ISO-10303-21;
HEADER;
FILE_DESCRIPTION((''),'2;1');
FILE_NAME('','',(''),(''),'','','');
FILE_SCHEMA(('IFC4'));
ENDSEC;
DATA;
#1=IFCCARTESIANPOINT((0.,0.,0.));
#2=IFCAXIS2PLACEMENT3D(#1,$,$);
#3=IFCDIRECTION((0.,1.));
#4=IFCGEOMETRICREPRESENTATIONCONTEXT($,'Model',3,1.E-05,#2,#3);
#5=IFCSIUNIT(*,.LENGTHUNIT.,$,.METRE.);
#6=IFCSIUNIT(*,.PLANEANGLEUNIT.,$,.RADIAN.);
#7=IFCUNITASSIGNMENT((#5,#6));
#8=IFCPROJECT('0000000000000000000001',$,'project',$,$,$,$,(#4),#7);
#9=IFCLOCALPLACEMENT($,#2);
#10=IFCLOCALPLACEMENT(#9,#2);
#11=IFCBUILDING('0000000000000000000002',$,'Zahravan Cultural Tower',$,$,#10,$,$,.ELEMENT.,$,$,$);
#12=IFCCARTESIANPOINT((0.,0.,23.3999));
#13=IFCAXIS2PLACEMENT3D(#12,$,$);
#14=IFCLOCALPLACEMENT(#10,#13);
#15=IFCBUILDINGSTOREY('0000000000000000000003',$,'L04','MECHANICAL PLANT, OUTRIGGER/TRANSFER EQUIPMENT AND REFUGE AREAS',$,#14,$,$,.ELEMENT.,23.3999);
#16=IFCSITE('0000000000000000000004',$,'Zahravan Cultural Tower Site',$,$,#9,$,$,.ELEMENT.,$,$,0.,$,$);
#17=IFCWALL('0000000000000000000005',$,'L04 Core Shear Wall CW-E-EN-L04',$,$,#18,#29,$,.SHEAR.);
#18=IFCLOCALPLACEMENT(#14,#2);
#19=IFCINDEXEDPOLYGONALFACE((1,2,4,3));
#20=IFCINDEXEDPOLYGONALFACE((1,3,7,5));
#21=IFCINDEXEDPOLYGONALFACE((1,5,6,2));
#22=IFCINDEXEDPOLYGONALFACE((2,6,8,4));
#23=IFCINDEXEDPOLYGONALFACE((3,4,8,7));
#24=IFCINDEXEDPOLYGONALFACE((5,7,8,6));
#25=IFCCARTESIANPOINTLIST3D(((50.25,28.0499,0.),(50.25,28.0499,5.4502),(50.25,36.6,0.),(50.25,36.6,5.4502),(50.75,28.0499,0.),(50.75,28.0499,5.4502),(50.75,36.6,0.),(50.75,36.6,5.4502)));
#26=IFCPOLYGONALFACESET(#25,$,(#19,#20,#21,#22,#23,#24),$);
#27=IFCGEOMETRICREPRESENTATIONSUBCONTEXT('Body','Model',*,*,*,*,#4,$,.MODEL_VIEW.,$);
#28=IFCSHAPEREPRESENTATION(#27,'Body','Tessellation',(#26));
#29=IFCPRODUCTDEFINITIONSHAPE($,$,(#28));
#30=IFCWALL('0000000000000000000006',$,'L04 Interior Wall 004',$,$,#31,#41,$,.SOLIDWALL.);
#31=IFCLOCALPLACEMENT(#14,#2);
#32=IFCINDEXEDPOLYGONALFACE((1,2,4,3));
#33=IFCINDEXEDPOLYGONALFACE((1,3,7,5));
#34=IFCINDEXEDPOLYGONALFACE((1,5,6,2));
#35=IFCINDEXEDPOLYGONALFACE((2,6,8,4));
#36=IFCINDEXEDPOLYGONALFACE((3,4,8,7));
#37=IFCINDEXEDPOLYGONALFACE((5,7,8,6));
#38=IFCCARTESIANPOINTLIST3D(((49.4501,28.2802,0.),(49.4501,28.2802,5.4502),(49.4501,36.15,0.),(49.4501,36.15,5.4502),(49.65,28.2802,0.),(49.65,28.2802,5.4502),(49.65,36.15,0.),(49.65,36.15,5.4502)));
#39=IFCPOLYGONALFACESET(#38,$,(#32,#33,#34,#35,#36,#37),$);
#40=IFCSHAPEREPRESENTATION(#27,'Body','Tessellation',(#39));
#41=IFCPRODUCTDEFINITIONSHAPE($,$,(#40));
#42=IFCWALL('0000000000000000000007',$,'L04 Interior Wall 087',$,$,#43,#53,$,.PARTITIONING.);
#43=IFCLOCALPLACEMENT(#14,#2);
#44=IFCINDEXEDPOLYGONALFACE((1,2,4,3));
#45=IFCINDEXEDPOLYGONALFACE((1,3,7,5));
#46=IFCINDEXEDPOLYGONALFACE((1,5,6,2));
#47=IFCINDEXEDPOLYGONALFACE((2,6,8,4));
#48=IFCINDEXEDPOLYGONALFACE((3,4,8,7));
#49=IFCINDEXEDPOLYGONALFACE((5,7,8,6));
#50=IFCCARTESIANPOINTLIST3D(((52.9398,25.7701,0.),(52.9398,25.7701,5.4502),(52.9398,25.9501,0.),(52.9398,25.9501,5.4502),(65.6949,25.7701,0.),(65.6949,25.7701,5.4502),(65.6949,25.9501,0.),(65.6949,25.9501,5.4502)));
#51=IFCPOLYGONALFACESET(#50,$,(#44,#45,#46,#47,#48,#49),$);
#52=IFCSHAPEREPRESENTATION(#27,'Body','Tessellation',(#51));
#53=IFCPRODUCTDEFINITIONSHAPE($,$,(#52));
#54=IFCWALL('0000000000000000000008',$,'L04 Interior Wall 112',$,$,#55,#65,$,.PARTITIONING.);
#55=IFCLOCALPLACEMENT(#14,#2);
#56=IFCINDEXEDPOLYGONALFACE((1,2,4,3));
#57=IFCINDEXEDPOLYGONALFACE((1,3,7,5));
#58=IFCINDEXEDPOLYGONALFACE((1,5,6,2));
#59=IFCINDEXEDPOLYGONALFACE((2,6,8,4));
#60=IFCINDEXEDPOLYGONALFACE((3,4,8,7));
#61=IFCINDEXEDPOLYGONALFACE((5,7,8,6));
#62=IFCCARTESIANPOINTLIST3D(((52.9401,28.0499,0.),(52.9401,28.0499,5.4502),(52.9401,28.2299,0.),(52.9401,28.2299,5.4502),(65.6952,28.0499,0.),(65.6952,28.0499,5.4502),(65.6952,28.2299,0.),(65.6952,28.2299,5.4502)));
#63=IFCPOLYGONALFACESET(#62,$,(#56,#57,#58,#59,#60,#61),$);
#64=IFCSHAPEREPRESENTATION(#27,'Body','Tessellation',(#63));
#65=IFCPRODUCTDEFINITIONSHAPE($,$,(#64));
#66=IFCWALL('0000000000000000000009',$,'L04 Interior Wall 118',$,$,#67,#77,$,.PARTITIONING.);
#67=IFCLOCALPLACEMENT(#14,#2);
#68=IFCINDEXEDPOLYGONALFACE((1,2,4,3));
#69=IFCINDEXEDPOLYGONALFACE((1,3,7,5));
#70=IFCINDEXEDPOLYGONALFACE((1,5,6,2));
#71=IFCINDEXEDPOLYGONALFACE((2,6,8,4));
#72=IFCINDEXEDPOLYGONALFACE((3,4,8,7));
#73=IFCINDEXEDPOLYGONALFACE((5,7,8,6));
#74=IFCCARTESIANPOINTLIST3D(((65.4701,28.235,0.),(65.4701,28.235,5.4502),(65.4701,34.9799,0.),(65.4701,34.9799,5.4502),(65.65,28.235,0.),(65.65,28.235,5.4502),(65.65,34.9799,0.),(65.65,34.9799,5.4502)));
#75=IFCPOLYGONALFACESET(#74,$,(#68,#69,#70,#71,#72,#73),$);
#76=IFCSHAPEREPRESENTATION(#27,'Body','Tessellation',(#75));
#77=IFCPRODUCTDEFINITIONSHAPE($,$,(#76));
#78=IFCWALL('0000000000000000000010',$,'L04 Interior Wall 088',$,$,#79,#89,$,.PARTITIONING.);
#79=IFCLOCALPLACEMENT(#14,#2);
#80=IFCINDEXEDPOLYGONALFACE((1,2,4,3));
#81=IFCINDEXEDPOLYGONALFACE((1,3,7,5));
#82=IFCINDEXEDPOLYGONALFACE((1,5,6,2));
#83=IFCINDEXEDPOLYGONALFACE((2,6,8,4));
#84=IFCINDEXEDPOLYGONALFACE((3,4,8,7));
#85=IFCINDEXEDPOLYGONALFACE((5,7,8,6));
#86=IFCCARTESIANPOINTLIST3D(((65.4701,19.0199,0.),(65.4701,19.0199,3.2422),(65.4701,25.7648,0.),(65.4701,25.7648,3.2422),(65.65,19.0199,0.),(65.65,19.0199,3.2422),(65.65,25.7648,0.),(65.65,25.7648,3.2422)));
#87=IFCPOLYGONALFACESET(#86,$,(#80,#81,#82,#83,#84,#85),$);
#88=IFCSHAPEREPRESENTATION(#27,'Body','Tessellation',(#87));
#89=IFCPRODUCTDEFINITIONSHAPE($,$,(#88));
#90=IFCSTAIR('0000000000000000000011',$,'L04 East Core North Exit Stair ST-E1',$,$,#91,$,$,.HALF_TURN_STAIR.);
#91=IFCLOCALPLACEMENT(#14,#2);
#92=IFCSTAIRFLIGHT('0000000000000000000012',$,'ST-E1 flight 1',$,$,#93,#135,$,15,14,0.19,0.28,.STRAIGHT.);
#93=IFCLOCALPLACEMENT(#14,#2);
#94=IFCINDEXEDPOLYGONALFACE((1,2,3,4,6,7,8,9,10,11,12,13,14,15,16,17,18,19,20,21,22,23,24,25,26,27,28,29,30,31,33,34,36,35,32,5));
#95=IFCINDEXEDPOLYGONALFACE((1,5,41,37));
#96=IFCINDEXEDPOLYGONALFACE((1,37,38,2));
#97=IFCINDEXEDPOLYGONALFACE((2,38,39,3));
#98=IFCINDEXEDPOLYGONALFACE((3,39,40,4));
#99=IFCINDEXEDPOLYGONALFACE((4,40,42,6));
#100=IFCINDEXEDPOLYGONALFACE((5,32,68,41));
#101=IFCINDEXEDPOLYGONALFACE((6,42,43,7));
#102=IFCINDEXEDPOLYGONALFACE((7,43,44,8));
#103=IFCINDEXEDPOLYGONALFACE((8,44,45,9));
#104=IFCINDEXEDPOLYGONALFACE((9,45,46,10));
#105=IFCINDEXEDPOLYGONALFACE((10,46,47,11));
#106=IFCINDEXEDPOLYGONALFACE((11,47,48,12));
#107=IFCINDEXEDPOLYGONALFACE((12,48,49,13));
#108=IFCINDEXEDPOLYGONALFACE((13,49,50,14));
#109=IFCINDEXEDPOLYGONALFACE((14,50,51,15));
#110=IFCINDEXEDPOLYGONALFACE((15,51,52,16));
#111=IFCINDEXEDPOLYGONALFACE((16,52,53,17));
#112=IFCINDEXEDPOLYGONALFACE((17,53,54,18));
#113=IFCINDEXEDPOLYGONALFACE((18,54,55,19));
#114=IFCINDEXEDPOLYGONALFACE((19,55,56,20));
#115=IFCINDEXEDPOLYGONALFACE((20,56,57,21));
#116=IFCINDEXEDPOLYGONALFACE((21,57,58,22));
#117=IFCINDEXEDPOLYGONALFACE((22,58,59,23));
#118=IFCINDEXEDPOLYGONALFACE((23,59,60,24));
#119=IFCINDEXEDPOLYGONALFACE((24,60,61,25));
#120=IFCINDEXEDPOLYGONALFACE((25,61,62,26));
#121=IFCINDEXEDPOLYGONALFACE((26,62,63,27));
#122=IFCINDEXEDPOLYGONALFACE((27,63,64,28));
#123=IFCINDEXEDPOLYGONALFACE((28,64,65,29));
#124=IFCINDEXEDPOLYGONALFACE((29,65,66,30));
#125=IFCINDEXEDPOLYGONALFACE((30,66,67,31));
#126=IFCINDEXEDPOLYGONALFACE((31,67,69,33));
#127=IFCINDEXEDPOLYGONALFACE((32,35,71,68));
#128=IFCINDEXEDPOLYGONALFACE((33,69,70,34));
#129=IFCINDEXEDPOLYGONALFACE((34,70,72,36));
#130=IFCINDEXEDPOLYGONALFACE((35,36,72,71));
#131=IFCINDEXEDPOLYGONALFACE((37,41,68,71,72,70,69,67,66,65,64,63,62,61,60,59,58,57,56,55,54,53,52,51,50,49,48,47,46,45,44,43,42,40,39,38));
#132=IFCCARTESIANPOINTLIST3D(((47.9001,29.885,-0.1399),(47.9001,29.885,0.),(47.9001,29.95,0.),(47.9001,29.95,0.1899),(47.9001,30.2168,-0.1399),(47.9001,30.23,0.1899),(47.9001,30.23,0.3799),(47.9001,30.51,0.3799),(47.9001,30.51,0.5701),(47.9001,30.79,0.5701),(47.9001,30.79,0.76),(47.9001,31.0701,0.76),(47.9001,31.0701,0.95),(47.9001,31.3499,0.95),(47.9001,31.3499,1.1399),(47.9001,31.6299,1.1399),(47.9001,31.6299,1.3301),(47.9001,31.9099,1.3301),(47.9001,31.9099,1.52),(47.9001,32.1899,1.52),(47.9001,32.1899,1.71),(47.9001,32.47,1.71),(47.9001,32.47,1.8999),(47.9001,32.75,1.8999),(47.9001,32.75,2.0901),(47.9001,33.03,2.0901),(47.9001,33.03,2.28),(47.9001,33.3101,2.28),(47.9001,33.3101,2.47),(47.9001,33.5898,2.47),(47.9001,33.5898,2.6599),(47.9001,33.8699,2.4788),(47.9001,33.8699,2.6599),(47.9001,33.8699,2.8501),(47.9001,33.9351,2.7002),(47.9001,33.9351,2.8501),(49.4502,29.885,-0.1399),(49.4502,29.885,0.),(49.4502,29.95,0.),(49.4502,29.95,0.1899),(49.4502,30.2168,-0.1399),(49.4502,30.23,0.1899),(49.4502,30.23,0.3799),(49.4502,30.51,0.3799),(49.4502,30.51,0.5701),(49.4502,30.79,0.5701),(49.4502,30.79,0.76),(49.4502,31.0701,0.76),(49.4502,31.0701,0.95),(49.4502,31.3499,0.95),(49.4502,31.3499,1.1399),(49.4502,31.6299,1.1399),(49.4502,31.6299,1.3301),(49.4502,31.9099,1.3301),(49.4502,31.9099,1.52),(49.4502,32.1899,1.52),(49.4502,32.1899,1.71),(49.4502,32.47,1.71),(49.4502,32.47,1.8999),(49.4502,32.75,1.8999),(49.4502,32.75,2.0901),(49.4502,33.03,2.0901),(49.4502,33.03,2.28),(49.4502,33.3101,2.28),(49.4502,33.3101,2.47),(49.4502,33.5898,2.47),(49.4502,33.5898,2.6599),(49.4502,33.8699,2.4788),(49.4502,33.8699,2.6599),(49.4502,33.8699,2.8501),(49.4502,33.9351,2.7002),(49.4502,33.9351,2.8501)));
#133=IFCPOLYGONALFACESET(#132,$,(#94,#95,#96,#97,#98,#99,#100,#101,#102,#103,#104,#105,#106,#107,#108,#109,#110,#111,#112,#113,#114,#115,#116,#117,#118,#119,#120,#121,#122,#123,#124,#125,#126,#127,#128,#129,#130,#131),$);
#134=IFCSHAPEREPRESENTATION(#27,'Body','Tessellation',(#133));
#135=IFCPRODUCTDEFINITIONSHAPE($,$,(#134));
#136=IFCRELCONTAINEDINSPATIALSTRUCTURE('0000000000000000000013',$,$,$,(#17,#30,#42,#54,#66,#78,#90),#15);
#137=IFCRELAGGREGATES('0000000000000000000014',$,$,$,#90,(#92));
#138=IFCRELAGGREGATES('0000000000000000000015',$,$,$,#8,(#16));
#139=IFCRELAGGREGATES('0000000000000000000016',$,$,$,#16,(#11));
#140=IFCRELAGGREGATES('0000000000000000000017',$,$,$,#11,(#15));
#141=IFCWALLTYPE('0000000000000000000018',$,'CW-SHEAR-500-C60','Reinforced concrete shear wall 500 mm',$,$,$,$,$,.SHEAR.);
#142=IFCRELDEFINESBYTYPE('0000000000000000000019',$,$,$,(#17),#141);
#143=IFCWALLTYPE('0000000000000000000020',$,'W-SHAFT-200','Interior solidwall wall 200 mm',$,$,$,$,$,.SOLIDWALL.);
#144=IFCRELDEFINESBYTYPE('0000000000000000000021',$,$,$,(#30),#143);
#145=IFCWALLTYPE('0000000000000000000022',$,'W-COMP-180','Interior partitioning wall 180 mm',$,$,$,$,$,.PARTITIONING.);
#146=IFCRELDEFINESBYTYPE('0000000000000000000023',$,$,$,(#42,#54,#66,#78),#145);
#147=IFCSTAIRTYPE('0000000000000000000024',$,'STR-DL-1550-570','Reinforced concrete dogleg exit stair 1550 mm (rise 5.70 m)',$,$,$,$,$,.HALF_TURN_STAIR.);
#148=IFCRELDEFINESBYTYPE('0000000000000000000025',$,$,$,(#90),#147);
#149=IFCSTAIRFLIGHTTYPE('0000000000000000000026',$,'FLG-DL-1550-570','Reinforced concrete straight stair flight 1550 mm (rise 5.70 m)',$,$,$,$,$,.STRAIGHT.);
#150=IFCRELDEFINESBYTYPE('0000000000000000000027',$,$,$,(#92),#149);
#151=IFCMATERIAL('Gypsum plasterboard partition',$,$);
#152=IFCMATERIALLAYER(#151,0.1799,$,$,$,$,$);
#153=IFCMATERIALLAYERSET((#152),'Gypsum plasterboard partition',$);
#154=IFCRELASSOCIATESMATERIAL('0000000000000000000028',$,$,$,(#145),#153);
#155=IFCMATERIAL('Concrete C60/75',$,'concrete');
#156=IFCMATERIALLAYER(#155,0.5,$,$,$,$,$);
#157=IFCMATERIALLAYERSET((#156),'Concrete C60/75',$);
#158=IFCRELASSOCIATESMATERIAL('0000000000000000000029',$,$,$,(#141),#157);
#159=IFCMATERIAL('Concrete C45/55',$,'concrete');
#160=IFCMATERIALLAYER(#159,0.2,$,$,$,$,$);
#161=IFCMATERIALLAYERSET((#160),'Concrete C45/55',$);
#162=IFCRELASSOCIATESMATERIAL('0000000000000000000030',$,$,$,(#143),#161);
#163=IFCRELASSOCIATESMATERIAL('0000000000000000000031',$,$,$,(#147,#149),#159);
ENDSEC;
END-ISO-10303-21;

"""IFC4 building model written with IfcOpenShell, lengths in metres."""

from ifc_helpers import new_model, si_unit, direction, frame, frame_2d, origin, place, context, subcontext, project, spatial, polyline, rectangle, outline, extrude, source, transform, mapped, material, layer, layer_set, type_object, element, aggregate, save


model = new_model("IFC4")

# Units and contexts
model_context = context("Model", 3, precision=1e-05, world=origin(), true_north=direction((0.0, 1.0)))
body_context = subcontext(model_context, "Body", "Model", "MODEL_VIEW")
ifc_project = project(units=[si_unit("LENGTHUNIT", "METRE"), si_unit("PLANEANGLEUNIT", "RADIAN")], contexts=[model_context])

# Site, building, storey
site_placement = place(None, origin())
site = spatial("IfcSite", under=ifc_project, at=site_placement, Name="Zahravan Cultural Tower Site", CompositionType="ELEMENT", RefElevation=0.0)
building_placement = place(site_placement, origin())
building = spatial("IfcBuilding", under=site, at=building_placement, Name="Zahravan Cultural Tower", CompositionType="ELEMENT")
storey_placement = place(building_placement, frame((0.0, 0.0, 23.3999)))
storey = spatial("IfcBuildingStorey", under=building, at=storey_placement, Name="L04", Description="MECHANICAL PLANT, OUTRIGGER/TRANSFER EQUIPMENT AND REFUGE AREAS", CompositionType="ELEMENT", Elevation=23.3999)

# Shared definitions
ifc_material_1 = material(Name="Gypsum plasterboard partition")
ifc_layer_1 = layer(ifc_material_1, 0.1799)
ifc_layer_set_1 = layer_set([ifc_layer_1], Name="Gypsum plasterboard partition")
wall_type_1 = type_object("IfcWallType", Name="W-COMP-180", Description="Interior partitioning wall 180 mm", PredefinedType="PARTITIONING", material=ifc_layer_set_1)

# Walls
ifc_material_2 = material(Name="Concrete C60/75", Category="concrete")
ifc_layer_2 = layer(ifc_material_2, 0.5)
ifc_layer_set_2 = layer_set([ifc_layer_2], Name="Concrete C60/75")
wall_type_2 = type_object("IfcWallType", Name="CW-SHEAR-500-C60", Description="Reinforced concrete shear wall 500 mm", PredefinedType="SHEAR", material=ifc_layer_set_2)
shared_shape_1 = source(origin(), body_context, "Body", "SweptSolid", [
    extrude(rectangle(XDim=8.55, YDim=0.5, at=frame_2d((4.2749, 0.0))), origin(), (0.0, 0.0, 1.0), 5.4502),
])
wall_1_placement = place(storey_placement, frame((50.5, 28.05, 0.0), z_axis=(0.0, 0.0, 1.0), x_axis=(0.0, 1.0, 0.0)))
element("IfcWall", 1, at=wall_1_placement, inside=storey, type_object=wall_type_2, Name="L04 Core Shear Wall CW-E-EN-L04", PredefinedType="SHEAR", context=body_context, shape_type="MappedRepresentation", body=[
    mapped(shared_shape_1, transform((0.0, 0.0, 0.0), x_axis=(1.0, 0.0, 0.0), y_axis=(0.0, 1.0, 0.0), z_axis=(0.0, 0.0, 1.0), scale=1.0)),
])
ifc_material_3 = material(Name="Concrete C45/55", Category="concrete")
ifc_layer_3 = layer(ifc_material_3, 0.2)
ifc_layer_set_3 = layer_set([ifc_layer_3], Name="Concrete C45/55")
wall_type_3 = type_object("IfcWallType", Name="W-SHAFT-200", Description="Interior solidwall wall 200 mm", PredefinedType="SOLIDWALL", material=ifc_layer_set_3)
shared_shape_2 = source(origin(), body_context, "Body", "SweptSolid", [
    extrude(rectangle(XDim=7.8699, YDim=0.2, at=frame_2d((3.9351, 0.0))), origin(), (0.0, 0.0, 1.0), 5.4502),
])
wall_2_placement = place(storey_placement, frame((49.55, 28.28, 0.0), z_axis=(0.0, 0.0, 1.0), x_axis=(0.0, 1.0, 0.0)))
element("IfcWall", 2, at=wall_2_placement, inside=storey, type_object=wall_type_3, Name="L04 Interior Wall 004", PredefinedType="SOLIDWALL", context=body_context, shape_type="MappedRepresentation", body=[
    mapped(shared_shape_2, transform((0.0, 0.0, 0.0), x_axis=(1.0, 0.0, 0.0), y_axis=(0.0, 1.0, 0.0), z_axis=(0.0, 0.0, 1.0), scale=1.0)),
])
shared_shape_3 = source(origin(), body_context, "Body", "SweptSolid", [
    extrude(rectangle(XDim=12.7551, YDim=0.1799, at=frame_2d((6.3774, 0.0))), origin(), (0.0, 0.0, 1.0), 5.4502),
])
for number, where, z_axis, x_axis, name in (
    (3, (52.9399, 25.8601, 0.0), (0.0, 0.0, 1.0), (1.0, 0.0, 0.0), "L04 Interior Wall 087"),
    (4, (65.6951, 28.1399, 0.0), (0.0, 0.0, 1.0), (-1.0, 0.0, 0.0), "L04 Interior Wall 112"),
):
    element("IfcWall", number, at=place(storey_placement, frame(where, z_axis=z_axis, x_axis=x_axis)), inside=storey, type_object=wall_type_1, Name=name, PredefinedType="PARTITIONING", context=body_context, shape_type="MappedRepresentation", body=[
        mapped(shared_shape_3, transform((0.0, 0.0, 0.0), x_axis=(1.0, 0.0, 0.0), y_axis=(0.0, 1.0, 0.0), z_axis=(0.0, 0.0, 1.0), scale=1.0)),
    ])
shared_shape_4 = source(origin(), body_context, "Body", "SweptSolid", [
    extrude(rectangle(XDim=6.7449, YDim=0.1799, at=frame_2d((3.3726, 0.0))), origin(), (0.0, 0.0, 1.0), 5.4502),
])
wall_3_placement = place(storey_placement, frame((65.5601, 34.98, 0.0), z_axis=(0.0, 0.0, 1.0), x_axis=(0.0, -1.0, 0.0)))
element("IfcWall", 5, at=wall_3_placement, inside=storey, type_object=wall_type_1, Name="L04 Interior Wall 118", PredefinedType="PARTITIONING", context=body_context, shape_type="MappedRepresentation", body=[
    mapped(shared_shape_4, transform((0.0, 0.0, 0.0), x_axis=(1.0, 0.0, 0.0), y_axis=(0.0, 1.0, 0.0), z_axis=(0.0, 0.0, 1.0), scale=1.0)),
])
shared_shape_5 = source(origin(), body_context, "Body", "SweptSolid", [
    extrude(rectangle(XDim=6.7449, YDim=0.1799, at=frame_2d((3.3726, 0.0))), origin(), (0.0, 0.0, 1.0), 3.2422),
])
wall_4_placement = place(storey_placement, frame((65.5601, 25.7649, 0.0), z_axis=(0.0, 0.0, 1.0), x_axis=(0.0, -1.0, 0.0)))
element("IfcWall", 6, at=wall_4_placement, inside=storey, type_object=wall_type_1, Name="L04 Interior Wall 088", PredefinedType="PARTITIONING", context=body_context, shape_type="MappedRepresentation", body=[
    mapped(shared_shape_5, transform((0.0, 0.0, 0.0), x_axis=(1.0, 0.0, 0.0), y_axis=(0.0, 1.0, 0.0), z_axis=(0.0, 0.0, 1.0), scale=1.0)),
])

# Stair, stair flight
stair_type = type_object("IfcStairType", Name="STR-DL-1550-570", Description="Reinforced concrete dogleg exit stair 1550 mm (rise 5.70 m)", PredefinedType="HALF_TURN_STAIR", material=ifc_material_3)
stair_placement = place(storey_placement, origin())
stair = element("IfcStair", 7, at=stair_placement, inside=storey, type_object=stair_type, Name="L04 East Core North Exit Stair ST-E1", PredefinedType="HALF_TURN_STAIR")
stair_flight_type = type_object("IfcStairFlightType", Name="FLG-DL-1550-570", Description="Reinforced concrete straight stair flight 1550 mm (rise 5.70 m)", PredefinedType="STRAIGHT", material=ifc_material_3)
stair_flight_1_placement = place(storey_placement, frame((48.675, 29.95, 0.0), z_axis=(0.0, 0.0, 1.0), x_axis=(0.0, 1.0, 0.0)))
stair_flight_1 = element("IfcStairFlight", 8, at=stair_flight_1_placement, type_object=stair_flight_type, Name="ST-E1 flight 1", NumberOfRisers=15, NumberOfTreads=14, PredefinedType="STRAIGHT", RiserHeight=0.19, TreadLength=0.28, context=body_context, shape_type="SweptSolid", body=[
    extrude(outline(polyline([(-0.0649, -0.1399), (-0.0649, 0.0), (0.0, 0.0), (0.0, 0.1899), (0.28, 0.1899), (0.28, 0.3799), (0.5601, 0.3799), (0.5601, 0.5701), (0.8401, 0.5701), (0.8401, 0.76), (1.1201, 0.76), (1.1201, 0.95), (1.3999, 0.95), (1.3999, 1.1399), (1.6799, 1.1399), (1.6799, 1.3301), (1.96, 1.3301), (1.96, 1.52), (2.24, 1.52), (2.24, 1.71), (2.52, 1.71), (2.52, 1.8999), (2.8, 1.8999), (2.8, 2.0901), (3.0801, 2.0901), (3.0801, 2.28), (3.3601, 2.28), (3.3601, 2.47), (3.6399, 2.47), (3.6399, 2.6599), (3.9199, 2.6599), (3.9199, 2.8501), (3.9851, 2.8501), (3.9851, 2.7002), (3.9199, 2.4788), (0.2668, -0.1399), (-0.0649, -0.1399)])), frame((0.0, 0.7749, 0.0), z_axis=(0.0, -1.0, 0.0), x_axis=(1.0, 0.0, 0.0)), (0.0, 0.0, 1.0), 1.55),
])
aggregate(stair, [stair_flight_1])

save(model, "model.ifc")
